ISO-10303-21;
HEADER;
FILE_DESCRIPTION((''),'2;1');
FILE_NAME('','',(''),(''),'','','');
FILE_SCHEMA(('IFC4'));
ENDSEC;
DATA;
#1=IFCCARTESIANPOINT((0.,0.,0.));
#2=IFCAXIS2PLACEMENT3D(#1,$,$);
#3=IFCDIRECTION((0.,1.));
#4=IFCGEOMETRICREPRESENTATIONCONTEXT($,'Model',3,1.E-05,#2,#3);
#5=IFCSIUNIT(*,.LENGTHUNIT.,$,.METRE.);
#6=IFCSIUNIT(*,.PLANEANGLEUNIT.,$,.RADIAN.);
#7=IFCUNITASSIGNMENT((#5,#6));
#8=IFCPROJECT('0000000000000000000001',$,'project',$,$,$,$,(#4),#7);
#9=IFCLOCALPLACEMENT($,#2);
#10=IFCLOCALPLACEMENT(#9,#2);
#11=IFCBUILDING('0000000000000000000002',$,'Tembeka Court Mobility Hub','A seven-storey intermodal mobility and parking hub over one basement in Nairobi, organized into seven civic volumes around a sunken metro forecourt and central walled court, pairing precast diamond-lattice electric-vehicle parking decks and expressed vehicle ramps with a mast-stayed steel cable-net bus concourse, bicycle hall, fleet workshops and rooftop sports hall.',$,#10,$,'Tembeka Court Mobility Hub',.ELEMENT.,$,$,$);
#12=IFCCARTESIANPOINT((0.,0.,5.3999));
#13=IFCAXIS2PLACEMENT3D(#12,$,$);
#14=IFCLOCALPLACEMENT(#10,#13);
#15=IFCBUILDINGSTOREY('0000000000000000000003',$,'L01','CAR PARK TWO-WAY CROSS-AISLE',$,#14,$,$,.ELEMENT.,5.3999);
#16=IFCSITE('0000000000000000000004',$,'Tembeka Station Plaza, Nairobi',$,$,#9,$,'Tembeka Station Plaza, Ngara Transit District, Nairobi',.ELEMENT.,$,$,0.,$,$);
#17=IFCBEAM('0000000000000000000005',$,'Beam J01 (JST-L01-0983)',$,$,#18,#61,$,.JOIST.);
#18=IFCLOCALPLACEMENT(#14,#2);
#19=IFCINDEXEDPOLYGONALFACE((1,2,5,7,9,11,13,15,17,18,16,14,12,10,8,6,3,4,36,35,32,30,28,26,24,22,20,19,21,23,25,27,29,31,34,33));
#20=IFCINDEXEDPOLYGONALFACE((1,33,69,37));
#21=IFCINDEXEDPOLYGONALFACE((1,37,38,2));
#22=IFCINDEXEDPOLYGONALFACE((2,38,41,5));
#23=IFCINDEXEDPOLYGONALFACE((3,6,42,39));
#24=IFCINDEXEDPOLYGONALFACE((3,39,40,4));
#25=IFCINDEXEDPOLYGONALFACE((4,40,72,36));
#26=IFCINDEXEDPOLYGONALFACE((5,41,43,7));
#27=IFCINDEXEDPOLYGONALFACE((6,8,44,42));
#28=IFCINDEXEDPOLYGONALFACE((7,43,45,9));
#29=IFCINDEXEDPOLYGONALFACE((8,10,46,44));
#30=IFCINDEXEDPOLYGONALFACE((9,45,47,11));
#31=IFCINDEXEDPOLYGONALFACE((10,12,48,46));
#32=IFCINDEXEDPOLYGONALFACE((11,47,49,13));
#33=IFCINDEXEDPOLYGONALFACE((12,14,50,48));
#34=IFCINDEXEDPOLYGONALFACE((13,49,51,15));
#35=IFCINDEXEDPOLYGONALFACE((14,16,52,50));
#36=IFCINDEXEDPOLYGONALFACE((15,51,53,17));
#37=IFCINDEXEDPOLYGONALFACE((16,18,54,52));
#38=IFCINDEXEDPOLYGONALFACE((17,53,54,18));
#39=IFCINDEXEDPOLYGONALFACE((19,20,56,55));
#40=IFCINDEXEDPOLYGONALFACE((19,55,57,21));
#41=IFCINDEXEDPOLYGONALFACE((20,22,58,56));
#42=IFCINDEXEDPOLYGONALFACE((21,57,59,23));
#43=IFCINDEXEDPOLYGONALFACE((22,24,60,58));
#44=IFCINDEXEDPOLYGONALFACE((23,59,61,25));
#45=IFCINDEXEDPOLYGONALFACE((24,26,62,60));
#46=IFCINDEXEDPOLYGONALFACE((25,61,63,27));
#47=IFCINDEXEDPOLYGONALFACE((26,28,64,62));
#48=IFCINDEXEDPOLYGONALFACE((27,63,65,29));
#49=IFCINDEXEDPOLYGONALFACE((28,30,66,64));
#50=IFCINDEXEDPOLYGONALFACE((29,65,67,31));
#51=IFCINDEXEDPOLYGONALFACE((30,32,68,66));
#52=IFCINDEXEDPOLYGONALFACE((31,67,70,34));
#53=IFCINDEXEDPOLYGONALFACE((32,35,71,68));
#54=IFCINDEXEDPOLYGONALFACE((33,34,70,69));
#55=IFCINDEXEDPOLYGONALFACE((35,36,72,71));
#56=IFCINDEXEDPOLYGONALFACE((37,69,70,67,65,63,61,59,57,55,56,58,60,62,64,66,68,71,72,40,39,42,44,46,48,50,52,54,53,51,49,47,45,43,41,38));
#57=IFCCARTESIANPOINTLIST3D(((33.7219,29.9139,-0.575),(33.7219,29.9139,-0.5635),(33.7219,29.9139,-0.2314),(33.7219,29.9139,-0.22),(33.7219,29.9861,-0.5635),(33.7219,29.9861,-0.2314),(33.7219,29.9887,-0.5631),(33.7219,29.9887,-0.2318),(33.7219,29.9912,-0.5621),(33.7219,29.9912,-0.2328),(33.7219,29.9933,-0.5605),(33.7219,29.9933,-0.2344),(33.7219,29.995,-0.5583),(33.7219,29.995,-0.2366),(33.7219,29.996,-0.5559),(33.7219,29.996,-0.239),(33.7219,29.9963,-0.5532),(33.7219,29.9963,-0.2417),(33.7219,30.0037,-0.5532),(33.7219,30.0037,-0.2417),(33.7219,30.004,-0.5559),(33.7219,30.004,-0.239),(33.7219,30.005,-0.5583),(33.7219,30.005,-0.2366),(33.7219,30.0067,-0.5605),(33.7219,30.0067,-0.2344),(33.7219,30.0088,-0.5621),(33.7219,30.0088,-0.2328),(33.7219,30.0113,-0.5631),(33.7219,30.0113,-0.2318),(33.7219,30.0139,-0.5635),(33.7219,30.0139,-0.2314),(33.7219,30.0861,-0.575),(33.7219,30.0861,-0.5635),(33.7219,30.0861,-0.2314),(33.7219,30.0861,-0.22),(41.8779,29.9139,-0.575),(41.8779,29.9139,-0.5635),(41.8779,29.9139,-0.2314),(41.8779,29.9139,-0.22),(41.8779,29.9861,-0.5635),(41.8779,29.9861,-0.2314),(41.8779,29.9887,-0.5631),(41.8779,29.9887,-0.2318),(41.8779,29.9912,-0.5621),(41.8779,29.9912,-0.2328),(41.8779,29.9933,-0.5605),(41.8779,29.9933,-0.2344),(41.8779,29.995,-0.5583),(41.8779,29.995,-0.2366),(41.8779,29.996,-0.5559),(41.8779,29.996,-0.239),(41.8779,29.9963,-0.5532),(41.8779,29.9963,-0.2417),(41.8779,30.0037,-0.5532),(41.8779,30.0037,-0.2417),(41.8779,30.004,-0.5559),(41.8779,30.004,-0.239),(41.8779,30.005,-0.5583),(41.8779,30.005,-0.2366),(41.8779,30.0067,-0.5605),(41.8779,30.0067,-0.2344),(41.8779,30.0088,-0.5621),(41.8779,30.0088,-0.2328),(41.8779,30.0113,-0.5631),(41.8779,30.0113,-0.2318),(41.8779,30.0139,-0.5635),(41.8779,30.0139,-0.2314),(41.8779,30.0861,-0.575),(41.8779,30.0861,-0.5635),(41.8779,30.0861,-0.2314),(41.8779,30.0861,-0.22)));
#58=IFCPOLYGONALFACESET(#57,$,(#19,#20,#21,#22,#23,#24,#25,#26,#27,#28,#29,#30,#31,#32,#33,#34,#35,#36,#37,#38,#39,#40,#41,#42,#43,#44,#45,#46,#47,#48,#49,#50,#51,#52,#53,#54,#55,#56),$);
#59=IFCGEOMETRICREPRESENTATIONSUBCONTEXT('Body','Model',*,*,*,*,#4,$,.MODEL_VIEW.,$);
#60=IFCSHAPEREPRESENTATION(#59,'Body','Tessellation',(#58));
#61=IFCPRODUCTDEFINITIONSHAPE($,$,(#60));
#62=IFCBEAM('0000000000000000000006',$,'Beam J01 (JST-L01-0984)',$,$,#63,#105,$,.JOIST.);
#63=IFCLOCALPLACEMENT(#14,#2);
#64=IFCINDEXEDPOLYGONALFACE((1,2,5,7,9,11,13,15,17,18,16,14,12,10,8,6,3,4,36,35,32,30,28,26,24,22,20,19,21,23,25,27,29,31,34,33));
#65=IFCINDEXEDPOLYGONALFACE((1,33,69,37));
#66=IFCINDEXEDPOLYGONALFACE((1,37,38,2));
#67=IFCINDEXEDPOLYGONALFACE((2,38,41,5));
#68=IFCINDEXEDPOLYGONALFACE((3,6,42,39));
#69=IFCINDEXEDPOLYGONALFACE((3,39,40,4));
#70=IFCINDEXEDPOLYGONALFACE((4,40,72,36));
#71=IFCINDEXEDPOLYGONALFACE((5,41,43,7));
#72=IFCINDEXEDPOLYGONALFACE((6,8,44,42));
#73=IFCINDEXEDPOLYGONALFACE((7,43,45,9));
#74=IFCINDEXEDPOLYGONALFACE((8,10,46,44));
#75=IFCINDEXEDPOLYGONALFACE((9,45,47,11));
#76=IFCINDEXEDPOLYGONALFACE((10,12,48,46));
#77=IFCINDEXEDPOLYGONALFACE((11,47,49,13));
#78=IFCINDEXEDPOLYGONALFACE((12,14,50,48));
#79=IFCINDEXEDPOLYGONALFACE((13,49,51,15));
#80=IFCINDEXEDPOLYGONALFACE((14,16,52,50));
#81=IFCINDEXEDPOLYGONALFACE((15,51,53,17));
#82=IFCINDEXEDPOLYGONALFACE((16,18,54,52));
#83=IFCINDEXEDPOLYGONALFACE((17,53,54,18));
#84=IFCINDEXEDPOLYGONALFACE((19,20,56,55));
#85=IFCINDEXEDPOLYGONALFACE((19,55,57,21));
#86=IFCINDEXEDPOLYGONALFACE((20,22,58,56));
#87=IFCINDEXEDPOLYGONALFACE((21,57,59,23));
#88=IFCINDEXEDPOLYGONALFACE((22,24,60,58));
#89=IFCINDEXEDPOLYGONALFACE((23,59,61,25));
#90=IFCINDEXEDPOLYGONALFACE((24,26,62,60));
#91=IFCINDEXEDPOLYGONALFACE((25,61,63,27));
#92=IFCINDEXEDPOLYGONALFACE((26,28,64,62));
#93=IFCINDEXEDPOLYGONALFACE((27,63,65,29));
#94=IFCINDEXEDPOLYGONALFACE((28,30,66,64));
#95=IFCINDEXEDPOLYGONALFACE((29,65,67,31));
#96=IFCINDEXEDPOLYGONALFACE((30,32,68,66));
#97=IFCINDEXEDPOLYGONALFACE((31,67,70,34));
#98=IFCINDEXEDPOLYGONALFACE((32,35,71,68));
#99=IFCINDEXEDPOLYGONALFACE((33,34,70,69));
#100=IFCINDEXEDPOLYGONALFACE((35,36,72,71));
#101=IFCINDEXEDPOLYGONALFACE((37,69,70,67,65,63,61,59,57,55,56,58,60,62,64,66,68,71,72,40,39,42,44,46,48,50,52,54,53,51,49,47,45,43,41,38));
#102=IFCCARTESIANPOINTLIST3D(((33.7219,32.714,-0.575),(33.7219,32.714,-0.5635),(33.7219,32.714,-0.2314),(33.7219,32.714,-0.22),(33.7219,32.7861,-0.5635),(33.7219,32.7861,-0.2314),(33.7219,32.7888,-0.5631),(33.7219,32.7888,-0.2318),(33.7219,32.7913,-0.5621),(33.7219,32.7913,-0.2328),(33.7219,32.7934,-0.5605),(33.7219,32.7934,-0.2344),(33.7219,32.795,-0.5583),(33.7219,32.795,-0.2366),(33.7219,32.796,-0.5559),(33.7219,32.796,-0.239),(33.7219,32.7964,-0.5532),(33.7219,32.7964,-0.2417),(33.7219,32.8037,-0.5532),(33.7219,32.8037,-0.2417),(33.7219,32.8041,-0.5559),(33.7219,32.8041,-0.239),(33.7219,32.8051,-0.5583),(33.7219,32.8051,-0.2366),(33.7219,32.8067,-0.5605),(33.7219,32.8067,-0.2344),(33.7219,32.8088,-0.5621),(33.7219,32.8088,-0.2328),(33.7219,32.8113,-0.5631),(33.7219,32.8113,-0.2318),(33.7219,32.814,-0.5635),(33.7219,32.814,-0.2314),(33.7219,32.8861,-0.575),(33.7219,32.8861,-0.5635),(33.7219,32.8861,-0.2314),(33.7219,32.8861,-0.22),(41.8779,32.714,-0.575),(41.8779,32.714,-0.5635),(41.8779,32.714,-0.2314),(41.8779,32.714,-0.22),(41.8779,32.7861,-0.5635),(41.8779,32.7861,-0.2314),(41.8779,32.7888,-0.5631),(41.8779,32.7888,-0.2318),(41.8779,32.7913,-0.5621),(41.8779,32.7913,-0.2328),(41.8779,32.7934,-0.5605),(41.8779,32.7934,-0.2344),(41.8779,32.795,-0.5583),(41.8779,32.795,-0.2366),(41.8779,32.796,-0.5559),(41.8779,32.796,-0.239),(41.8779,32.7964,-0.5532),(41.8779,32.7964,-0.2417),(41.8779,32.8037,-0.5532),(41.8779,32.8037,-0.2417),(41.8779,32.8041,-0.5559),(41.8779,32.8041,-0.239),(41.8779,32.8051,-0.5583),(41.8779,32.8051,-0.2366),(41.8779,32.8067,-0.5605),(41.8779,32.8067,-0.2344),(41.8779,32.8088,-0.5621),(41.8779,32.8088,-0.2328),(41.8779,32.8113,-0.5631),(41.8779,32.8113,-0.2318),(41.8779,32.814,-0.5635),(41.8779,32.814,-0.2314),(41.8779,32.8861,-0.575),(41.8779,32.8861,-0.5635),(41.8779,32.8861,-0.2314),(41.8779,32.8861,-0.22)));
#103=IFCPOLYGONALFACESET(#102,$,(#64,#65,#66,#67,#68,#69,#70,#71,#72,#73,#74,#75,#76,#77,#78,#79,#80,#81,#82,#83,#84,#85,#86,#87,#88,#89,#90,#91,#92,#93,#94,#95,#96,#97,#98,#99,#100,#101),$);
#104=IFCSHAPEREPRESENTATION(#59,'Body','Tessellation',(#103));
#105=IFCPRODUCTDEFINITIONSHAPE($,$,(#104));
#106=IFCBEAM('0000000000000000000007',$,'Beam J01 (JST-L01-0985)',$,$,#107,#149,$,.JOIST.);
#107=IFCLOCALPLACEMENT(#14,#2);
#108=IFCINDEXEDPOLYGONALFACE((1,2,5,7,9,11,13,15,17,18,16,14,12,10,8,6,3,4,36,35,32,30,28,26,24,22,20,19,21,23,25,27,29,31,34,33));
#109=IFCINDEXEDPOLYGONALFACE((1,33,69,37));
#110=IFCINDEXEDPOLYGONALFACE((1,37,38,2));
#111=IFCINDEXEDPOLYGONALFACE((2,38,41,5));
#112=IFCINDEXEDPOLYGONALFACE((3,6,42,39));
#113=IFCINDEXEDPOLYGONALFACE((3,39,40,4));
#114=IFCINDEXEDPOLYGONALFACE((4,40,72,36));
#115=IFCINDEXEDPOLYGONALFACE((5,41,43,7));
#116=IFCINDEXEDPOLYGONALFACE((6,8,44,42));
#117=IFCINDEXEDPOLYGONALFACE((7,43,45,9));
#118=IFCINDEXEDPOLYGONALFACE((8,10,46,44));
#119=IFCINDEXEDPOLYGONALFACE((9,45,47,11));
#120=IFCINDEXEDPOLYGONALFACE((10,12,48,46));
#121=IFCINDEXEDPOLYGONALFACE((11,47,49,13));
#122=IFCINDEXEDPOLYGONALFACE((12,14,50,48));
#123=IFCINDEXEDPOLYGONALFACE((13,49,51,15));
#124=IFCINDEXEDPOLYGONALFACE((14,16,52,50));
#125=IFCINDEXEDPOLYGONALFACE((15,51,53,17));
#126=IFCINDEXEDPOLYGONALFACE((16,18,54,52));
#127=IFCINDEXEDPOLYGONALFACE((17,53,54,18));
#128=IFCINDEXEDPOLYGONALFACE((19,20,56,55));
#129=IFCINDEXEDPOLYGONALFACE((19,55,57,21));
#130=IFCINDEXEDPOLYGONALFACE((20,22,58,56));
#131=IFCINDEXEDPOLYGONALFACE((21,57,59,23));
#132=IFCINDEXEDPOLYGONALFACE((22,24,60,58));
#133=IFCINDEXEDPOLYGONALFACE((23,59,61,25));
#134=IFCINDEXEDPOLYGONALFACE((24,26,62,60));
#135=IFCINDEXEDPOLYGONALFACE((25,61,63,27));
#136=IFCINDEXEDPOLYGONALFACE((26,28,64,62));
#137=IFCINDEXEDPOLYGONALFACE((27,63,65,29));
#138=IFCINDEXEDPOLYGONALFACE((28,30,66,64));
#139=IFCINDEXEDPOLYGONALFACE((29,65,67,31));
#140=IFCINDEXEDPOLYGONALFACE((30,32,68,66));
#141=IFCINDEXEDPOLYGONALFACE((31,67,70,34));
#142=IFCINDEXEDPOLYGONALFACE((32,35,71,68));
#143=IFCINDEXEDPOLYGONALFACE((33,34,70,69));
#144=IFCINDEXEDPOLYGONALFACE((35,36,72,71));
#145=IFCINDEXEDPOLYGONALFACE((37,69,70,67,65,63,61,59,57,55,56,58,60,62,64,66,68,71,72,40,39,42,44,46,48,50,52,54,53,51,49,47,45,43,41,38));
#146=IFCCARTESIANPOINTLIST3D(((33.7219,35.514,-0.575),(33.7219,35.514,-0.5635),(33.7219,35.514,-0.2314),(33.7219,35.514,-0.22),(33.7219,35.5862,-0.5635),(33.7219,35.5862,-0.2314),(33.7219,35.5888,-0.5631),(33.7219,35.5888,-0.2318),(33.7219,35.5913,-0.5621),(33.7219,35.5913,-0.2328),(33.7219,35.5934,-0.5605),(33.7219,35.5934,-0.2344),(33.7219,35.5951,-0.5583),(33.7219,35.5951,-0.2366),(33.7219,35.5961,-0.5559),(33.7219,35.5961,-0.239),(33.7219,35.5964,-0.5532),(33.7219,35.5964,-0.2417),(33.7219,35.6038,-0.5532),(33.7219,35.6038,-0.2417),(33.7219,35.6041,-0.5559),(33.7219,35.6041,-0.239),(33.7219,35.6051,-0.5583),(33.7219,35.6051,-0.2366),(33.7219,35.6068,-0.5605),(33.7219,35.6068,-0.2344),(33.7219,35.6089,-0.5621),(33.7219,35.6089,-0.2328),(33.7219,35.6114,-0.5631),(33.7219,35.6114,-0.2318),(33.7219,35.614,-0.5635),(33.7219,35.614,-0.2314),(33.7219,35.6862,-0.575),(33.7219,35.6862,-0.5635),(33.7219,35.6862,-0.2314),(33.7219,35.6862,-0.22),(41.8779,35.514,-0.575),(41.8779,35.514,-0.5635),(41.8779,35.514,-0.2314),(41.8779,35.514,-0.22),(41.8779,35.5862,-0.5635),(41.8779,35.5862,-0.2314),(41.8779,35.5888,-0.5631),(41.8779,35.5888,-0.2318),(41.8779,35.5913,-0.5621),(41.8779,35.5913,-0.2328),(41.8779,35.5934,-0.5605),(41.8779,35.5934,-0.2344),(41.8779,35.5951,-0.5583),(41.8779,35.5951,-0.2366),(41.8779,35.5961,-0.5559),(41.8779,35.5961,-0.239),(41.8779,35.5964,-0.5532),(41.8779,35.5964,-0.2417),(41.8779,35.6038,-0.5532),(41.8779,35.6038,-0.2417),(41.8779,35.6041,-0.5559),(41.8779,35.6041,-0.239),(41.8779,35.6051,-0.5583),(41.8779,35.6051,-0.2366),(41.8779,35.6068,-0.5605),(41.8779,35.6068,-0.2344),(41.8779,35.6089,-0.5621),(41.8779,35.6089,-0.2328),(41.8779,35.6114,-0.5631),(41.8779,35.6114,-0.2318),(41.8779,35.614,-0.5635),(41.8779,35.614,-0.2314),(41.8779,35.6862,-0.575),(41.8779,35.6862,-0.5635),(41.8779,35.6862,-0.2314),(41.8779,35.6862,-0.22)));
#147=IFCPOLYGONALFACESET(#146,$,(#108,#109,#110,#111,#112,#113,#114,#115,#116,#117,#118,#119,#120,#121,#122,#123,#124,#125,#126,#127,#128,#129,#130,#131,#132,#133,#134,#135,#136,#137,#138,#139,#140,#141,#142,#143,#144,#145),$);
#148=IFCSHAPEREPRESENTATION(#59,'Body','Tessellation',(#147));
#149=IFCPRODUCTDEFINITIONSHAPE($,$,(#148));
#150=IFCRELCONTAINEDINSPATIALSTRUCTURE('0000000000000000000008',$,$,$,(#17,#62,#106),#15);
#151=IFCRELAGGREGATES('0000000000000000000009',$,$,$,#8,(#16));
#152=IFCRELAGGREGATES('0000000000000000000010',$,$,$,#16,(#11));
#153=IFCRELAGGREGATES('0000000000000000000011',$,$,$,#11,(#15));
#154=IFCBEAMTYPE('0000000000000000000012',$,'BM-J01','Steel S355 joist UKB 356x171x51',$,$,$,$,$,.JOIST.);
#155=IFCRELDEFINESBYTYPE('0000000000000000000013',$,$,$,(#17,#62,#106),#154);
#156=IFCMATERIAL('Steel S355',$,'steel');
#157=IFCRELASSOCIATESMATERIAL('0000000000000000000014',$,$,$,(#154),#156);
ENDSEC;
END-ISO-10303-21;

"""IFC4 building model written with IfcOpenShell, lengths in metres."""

from ifc_helpers import new_model, si_unit, direction, frame, origin, origin_2d, place, context, subcontext, project, spatial, i_section, extrude, material, material_profile, profile_set, type_object, element, save


model = new_model("IFC4")

# Units and contexts
model_context = context("Model", 3, precision=1e-05, world=origin(), true_north=direction((0.0, 1.0)))
body_context = subcontext(model_context, "Body", "Model", "MODEL_VIEW")
ifc_project = project(units=[si_unit("LENGTHUNIT", "METRE"), si_unit("PLANEANGLEUNIT", "RADIAN")], contexts=[model_context])

# Site, building, storey
site_placement = place(None, origin())
site = spatial("IfcSite", under=ifc_project, at=site_placement, Name="Tembeka Station Plaza, Nairobi", LongName="Tembeka Station Plaza, Ngara Transit District, Nairobi", CompositionType="ELEMENT", RefElevation=0.0)
building_placement = place(site_placement, origin())
building = spatial("IfcBuilding", under=site, at=building_placement, Name="Tembeka Court Mobility Hub", Description="A seven-storey intermodal mobility and parking hub over one basement in Nairobi, organized into seven civic volumes around a sunken metro forecourt and central walled court, pairing precast diamond-lattice electric-vehicle parking decks and expressed vehicle ramps with a mast-stayed steel cable-net bus concourse, bicycle hall, fleet workshops and rooftop sports hall.", LongName="Tembeka Court Mobility Hub", CompositionType="ELEMENT")
storey_placement = place(building_placement, frame((0.0, 0.0, 5.3999)))
storey = spatial("IfcBuildingStorey", under=building, at=storey_placement, Name="L01", Description="CAR PARK TWO-WAY CROSS-AISLE", CompositionType="ELEMENT", Elevation=5.3999)

# Shared definitions
ifc_material_1 = material(Name="Steel S355", Category="steel")

# Beams
ifc_material_profile_1 = material_profile(ifc_material_1, i_section(OverallWidth=0.1721, OverallDepth=0.355, WebThickness=0.0073, FlangeThickness=0.0115, FilletRadius=0.0103, at=origin_2d()), Name="UKB 356x171x51")
ifc_profile_set_1 = profile_set([ifc_material_profile_1], Name="Steel S355")
beam_type_1 = type_object("IfcBeamType", Name="BM-J01", Description="Steel S355 joist UKB 356x171x51", PredefinedType="JOIST", material=ifc_profile_set_1)
for number, where, z_axis, x_axis, name in (
    (1, (33.7219, 30.0, -0.3975), (1.0, 0.0, 0.0), (0.0, 1.0, 0.0), "Beam J01 (JST-L01-0983)"),
    (2, (33.7219, 32.8, -0.3975), (1.0, 0.0, 0.0), (0.0, 1.0, 0.0), "Beam J01 (JST-L01-0984)"),
    (3, (33.7219, 35.6001, -0.3975), (1.0, 0.0, 0.0), (0.0, 1.0, 0.0), "Beam J01 (JST-L01-0985)"),
):
    element("IfcBeam", number, at=place(storey_placement, frame(where, z_axis=z_axis, x_axis=x_axis)), inside=storey, type_object=beam_type_1, Name=name, PredefinedType="JOIST", context=body_context, shape_type="SweptSolid", body=[
        extrude(i_section(OverallWidth=0.1721, OverallDepth=0.355, WebThickness=0.0073, FlangeThickness=0.0115, FilletRadius=0.0103, at=origin_2d()), origin(), (0.0, 0.0, 1.0), 8.156),
    ])

save(model, "model.ifc")
